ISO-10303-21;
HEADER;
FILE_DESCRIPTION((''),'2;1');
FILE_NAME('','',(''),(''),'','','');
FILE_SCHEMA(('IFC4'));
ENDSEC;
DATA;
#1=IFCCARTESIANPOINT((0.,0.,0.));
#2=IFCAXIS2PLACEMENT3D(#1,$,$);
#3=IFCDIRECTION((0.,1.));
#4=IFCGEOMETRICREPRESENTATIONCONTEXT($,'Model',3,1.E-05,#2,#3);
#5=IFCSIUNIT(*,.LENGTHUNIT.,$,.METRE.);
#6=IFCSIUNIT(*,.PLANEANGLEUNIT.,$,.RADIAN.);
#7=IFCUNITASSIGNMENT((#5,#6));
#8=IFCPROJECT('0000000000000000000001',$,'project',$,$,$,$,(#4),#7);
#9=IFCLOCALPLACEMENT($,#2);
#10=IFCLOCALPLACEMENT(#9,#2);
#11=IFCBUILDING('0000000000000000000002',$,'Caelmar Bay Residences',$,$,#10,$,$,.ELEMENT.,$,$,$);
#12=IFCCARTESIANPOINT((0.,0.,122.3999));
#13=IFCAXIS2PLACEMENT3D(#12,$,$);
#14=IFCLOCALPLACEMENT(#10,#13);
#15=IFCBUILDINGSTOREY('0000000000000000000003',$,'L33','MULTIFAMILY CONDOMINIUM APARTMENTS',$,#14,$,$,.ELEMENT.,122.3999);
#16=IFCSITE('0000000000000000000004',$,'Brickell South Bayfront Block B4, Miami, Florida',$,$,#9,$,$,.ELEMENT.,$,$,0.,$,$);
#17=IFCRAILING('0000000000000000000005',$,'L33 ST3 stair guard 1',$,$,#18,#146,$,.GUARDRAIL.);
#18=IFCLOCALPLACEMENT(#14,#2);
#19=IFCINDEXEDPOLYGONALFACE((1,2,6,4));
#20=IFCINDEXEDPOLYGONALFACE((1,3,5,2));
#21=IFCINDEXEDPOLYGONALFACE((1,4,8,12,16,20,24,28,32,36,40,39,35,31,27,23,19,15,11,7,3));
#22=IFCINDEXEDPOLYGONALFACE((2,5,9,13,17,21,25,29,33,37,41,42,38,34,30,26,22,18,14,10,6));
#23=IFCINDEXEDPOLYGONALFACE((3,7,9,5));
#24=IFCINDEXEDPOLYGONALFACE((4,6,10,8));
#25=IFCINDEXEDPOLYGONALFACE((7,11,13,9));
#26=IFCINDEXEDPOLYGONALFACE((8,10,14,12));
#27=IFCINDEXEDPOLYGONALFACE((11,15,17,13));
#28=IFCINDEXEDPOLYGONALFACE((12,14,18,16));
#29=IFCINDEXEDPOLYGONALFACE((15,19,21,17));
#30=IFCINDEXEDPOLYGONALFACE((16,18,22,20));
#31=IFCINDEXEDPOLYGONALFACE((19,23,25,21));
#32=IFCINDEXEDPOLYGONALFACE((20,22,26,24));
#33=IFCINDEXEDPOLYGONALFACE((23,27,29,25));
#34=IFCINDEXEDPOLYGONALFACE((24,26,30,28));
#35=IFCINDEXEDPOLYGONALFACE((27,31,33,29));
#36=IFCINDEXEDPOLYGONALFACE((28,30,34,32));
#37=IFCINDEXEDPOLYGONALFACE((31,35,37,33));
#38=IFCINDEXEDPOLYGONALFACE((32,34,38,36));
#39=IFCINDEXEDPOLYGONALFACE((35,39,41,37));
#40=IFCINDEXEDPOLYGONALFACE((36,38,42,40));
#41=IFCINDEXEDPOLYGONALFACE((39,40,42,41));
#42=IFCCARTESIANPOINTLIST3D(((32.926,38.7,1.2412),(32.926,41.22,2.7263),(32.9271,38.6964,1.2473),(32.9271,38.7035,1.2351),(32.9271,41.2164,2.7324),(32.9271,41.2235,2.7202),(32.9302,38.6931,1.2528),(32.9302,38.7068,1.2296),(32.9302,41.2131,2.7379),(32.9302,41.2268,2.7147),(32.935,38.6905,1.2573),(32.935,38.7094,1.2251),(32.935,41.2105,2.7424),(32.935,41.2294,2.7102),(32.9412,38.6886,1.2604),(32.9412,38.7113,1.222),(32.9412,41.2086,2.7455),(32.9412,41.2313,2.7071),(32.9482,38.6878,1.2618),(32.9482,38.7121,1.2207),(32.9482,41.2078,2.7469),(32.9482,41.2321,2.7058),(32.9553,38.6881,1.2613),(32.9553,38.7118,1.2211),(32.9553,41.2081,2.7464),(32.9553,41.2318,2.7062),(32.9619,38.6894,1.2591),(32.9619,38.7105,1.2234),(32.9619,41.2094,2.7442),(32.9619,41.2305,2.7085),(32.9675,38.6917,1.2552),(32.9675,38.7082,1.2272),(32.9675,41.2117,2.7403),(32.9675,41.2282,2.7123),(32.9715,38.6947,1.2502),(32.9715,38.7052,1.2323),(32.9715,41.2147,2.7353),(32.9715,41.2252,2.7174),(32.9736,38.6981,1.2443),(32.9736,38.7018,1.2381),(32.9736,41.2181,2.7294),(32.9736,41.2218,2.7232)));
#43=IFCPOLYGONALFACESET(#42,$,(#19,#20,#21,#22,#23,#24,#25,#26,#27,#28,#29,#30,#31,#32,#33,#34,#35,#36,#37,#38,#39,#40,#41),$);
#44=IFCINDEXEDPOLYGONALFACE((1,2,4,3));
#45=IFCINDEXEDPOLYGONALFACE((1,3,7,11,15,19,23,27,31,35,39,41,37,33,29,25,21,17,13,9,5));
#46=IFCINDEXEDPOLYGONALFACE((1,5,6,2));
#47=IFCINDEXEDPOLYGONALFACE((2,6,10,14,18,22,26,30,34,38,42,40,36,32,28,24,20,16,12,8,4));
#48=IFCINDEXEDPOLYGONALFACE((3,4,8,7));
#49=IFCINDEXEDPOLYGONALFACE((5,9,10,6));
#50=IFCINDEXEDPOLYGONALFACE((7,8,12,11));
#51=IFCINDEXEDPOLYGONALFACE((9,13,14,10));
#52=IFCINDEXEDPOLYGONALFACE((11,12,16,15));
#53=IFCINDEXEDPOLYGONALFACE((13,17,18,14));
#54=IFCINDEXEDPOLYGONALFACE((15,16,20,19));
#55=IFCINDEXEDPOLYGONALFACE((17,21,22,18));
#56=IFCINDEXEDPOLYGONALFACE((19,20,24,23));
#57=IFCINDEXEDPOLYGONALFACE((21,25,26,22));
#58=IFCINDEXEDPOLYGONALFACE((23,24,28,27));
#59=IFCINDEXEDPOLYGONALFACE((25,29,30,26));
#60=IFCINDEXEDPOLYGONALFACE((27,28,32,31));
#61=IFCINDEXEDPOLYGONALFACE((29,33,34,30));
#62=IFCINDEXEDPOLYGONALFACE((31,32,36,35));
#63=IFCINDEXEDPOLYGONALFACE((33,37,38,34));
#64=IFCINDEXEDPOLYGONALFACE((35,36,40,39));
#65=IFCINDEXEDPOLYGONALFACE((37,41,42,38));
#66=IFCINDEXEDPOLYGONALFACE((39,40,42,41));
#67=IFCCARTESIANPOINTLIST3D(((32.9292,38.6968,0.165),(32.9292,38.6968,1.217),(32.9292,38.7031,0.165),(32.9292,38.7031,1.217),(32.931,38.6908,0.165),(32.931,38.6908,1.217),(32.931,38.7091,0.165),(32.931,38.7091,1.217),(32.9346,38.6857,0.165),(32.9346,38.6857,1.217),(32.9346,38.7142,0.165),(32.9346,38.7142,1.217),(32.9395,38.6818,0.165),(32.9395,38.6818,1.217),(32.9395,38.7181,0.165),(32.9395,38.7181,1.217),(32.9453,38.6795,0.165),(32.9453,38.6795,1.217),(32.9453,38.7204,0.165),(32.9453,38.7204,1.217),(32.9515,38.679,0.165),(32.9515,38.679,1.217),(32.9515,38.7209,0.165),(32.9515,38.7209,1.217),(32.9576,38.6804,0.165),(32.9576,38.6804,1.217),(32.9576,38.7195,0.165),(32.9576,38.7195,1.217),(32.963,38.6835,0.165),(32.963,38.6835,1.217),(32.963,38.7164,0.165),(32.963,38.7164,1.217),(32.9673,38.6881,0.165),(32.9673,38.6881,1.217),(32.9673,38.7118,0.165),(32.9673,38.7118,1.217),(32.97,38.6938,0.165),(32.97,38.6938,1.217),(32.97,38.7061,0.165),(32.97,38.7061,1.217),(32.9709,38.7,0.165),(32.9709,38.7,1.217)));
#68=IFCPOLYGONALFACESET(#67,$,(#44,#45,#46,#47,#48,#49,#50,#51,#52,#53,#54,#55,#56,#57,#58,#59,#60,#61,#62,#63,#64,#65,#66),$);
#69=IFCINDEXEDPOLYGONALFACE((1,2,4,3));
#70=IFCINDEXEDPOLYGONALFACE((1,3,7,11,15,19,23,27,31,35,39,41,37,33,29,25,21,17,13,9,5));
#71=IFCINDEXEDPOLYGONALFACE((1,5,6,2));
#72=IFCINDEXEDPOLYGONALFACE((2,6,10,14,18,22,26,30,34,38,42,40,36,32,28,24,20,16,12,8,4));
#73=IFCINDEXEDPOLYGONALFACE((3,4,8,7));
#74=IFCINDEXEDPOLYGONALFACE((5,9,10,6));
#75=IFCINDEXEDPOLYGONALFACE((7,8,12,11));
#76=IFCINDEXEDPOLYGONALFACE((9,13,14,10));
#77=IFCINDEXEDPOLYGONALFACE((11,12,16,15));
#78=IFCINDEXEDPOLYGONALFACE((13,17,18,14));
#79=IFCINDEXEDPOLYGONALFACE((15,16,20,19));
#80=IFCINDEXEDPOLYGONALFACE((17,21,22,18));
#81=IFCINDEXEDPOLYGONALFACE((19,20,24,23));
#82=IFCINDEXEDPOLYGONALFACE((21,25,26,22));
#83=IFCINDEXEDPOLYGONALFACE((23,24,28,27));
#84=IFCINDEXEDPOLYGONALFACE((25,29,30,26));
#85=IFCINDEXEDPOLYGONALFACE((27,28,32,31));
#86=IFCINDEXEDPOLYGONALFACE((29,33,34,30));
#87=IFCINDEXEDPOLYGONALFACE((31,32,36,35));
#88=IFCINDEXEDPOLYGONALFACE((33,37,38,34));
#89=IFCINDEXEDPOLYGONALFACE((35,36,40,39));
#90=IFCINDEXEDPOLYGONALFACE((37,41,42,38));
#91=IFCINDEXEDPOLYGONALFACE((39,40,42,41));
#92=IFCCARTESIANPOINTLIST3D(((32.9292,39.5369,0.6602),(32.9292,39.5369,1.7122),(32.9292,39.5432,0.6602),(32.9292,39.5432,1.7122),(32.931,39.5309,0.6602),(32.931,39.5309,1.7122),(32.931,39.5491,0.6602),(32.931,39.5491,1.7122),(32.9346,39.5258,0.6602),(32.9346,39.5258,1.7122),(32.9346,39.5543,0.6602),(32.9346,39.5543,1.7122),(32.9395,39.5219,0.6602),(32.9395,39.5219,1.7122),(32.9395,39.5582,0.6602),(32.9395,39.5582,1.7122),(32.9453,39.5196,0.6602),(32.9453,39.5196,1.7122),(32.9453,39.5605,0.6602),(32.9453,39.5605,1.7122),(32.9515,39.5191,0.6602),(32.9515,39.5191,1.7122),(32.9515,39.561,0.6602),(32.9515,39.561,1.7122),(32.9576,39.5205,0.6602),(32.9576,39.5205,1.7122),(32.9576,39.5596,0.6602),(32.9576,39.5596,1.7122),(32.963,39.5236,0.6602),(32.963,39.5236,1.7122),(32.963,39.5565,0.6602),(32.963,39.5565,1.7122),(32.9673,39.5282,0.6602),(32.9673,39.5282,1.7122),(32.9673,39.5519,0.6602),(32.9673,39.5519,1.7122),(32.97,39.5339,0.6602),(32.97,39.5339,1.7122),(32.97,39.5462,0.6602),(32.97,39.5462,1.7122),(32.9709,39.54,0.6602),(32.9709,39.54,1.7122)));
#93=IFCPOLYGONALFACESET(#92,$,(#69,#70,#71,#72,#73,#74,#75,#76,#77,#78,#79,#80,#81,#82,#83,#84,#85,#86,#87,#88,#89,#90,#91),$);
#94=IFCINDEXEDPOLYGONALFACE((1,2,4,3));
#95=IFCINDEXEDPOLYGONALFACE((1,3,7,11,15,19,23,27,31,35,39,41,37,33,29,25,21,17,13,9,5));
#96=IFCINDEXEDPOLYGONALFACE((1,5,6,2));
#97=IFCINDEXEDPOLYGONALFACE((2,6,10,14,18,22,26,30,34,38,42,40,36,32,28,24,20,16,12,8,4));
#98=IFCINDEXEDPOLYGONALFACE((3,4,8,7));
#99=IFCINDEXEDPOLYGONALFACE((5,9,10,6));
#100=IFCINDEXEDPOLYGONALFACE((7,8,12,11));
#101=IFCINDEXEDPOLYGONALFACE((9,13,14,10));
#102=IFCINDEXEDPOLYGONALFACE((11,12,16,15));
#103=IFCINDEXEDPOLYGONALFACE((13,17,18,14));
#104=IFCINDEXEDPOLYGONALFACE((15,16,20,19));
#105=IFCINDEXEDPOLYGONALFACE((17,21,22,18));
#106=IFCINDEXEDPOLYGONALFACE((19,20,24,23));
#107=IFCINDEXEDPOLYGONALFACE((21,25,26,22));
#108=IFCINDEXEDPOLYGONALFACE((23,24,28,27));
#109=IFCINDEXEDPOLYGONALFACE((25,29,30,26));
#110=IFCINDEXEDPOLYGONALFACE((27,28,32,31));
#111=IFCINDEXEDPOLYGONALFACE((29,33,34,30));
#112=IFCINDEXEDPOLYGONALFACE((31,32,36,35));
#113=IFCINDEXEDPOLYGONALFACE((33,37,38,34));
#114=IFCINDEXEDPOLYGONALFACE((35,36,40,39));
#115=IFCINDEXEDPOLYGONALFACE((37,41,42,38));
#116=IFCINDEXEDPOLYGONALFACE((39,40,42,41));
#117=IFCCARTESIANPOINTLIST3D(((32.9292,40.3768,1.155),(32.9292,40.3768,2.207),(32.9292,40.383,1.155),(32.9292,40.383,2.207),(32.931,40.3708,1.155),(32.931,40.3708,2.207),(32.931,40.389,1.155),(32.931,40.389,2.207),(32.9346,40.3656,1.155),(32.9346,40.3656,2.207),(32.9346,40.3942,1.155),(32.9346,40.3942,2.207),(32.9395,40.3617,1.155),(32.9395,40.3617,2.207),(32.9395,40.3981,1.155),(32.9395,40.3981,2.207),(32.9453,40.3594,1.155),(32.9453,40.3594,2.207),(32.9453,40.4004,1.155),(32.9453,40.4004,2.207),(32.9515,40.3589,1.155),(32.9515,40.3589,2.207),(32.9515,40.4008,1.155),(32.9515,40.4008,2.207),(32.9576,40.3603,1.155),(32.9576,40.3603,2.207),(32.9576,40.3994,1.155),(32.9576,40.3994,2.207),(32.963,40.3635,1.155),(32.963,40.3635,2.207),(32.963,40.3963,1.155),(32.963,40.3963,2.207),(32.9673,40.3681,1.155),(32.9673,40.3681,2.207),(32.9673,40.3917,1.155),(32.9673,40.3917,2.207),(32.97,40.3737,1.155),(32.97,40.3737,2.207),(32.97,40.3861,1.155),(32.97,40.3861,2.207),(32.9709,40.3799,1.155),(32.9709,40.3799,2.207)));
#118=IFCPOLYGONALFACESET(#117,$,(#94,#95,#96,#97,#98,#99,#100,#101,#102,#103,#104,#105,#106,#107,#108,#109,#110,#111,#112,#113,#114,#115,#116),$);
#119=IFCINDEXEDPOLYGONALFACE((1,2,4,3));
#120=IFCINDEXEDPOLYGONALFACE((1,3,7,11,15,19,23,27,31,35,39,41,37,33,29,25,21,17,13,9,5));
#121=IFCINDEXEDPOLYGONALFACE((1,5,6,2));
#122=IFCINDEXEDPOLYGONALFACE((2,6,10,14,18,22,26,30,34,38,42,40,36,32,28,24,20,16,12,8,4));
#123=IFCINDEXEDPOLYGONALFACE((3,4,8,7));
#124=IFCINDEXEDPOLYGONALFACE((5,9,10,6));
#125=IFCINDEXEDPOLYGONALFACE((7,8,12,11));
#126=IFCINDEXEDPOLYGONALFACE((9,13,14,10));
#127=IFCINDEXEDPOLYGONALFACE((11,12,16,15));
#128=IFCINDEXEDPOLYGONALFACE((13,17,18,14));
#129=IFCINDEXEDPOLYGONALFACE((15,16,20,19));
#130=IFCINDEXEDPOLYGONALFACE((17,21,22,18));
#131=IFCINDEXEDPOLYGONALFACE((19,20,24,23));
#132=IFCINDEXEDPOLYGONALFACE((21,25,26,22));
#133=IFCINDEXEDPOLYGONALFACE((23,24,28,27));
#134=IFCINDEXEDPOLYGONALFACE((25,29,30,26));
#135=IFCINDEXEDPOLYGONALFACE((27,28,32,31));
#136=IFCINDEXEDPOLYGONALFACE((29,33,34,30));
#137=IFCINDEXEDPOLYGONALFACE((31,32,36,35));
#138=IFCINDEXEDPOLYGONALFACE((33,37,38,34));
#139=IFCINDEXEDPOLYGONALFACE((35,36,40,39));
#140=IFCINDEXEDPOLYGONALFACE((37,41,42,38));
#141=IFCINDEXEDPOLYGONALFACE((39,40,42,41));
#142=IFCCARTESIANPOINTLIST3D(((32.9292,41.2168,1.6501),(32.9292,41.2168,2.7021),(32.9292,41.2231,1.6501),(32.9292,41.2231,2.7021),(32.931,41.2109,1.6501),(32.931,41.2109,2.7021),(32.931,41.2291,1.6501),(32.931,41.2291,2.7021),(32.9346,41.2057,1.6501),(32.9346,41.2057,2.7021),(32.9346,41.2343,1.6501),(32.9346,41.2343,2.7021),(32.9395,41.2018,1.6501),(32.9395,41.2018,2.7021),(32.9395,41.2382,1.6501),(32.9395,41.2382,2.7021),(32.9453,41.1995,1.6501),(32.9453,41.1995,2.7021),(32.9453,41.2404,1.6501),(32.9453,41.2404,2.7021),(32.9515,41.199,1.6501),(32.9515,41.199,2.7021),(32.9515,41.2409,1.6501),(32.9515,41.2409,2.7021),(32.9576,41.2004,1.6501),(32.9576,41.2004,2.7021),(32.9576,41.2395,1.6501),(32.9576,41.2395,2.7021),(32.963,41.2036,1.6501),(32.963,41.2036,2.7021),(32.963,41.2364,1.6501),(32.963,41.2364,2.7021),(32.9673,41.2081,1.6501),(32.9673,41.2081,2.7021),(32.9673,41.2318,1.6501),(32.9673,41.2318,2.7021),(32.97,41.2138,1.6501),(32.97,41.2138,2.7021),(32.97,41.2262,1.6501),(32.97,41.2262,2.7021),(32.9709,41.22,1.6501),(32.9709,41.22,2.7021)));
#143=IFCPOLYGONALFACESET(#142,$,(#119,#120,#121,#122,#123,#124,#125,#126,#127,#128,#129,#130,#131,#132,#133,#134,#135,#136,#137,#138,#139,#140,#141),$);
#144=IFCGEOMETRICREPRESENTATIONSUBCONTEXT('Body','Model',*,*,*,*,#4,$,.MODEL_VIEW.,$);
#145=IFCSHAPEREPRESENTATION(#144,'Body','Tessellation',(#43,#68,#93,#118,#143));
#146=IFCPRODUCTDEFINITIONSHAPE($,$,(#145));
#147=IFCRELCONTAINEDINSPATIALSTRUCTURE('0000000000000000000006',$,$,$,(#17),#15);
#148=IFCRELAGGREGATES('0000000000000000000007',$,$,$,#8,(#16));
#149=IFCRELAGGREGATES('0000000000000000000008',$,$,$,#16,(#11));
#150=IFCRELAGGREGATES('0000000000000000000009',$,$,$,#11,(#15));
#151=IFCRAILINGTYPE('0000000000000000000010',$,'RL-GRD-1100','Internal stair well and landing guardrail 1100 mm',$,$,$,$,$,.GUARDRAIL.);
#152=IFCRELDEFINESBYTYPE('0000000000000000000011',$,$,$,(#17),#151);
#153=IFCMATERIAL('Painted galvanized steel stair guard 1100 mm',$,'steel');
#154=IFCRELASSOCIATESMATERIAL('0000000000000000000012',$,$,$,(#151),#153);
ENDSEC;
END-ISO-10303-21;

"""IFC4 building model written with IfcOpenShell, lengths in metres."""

from ifc_helpers import new_model, si_unit, direction, frame, origin, origin_2d, place, context, subcontext, project, spatial, circle, extrude, material, type_object, element, save


model = new_model("IFC4")

# Units and contexts
model_context = context("Model", 3, precision=1e-05, world=origin(), true_north=direction((0.0, 1.0)))
body_context = subcontext(model_context, "Body", "Model", "MODEL_VIEW")
ifc_project = project(units=[si_unit("LENGTHUNIT", "METRE"), si_unit("PLANEANGLEUNIT", "RADIAN")], contexts=[model_context])

# Site, building, storey
site_placement = place(None, origin())
site = spatial("IfcSite", under=ifc_project, at=site_placement, Name="Brickell South Bayfront Block B4, Miami, Florida", CompositionType="ELEMENT", RefElevation=0.0)
building_placement = place(site_placement, origin())
building = spatial("IfcBuilding", under=site, at=building_placement, Name="Caelmar Bay Residences", CompositionType="ELEMENT")
storey_placement = place(building_placement, frame((0.0, 0.0, 122.3999)))
storey = spatial("IfcBuildingStorey", under=building, at=storey_placement, Name="L33", Description="MULTIFAMILY CONDOMINIUM APARTMENTS", CompositionType="ELEMENT", Elevation=122.3999)

# Railing
ifc_material_1 = material(Name="Painted galvanized steel stair guard 1100 mm", Category="steel")
railing_type_1 = type_object("IfcRailingType", Name="RL-GRD-1100", Description="Internal stair well and landing guardrail 1100 mm", PredefinedType="GUARDRAIL", material=ifc_material_1)
railing_1_placement = place(storey_placement, frame((32.95, 38.7, 0.165)))
element("IfcRailing", 1, at=railing_1_placement, inside=storey, type_object=railing_type_1, Name="L33 ST3 stair guard 1", PredefinedType="GUARDRAIL", context=body_context, shape_type="SweptSolid", body=[
    extrude(circle(Radius=0.0239, at=origin_2d()), frame((0.0, 0.0, 1.0762), z_axis=(0.0, 0.861524, 0.507717), x_axis=(-1.0, 0.0, 0.0)), (0.0, 0.0, 1.0), 2.925),
    extrude(circle(Radius=0.021, at=origin_2d()), origin(), (0.0, 0.0, 1.0), 1.052),
    extrude(circle(Radius=0.021, at=origin_2d()), frame((0.0, 0.8401, 0.4951)), (0.0, 0.0, 1.0), 1.052),
    extrude(circle(Radius=0.021, at=origin_2d()), frame((0.0, 1.6799, 0.99)), (0.0, 0.0, 1.0), 1.052),
    extrude(circle(Radius=0.021, at=origin_2d()), frame((0.0, 2.52, 1.4851)), (0.0, 0.0, 1.0), 1.052),
])

save(model, "model.ifc")
